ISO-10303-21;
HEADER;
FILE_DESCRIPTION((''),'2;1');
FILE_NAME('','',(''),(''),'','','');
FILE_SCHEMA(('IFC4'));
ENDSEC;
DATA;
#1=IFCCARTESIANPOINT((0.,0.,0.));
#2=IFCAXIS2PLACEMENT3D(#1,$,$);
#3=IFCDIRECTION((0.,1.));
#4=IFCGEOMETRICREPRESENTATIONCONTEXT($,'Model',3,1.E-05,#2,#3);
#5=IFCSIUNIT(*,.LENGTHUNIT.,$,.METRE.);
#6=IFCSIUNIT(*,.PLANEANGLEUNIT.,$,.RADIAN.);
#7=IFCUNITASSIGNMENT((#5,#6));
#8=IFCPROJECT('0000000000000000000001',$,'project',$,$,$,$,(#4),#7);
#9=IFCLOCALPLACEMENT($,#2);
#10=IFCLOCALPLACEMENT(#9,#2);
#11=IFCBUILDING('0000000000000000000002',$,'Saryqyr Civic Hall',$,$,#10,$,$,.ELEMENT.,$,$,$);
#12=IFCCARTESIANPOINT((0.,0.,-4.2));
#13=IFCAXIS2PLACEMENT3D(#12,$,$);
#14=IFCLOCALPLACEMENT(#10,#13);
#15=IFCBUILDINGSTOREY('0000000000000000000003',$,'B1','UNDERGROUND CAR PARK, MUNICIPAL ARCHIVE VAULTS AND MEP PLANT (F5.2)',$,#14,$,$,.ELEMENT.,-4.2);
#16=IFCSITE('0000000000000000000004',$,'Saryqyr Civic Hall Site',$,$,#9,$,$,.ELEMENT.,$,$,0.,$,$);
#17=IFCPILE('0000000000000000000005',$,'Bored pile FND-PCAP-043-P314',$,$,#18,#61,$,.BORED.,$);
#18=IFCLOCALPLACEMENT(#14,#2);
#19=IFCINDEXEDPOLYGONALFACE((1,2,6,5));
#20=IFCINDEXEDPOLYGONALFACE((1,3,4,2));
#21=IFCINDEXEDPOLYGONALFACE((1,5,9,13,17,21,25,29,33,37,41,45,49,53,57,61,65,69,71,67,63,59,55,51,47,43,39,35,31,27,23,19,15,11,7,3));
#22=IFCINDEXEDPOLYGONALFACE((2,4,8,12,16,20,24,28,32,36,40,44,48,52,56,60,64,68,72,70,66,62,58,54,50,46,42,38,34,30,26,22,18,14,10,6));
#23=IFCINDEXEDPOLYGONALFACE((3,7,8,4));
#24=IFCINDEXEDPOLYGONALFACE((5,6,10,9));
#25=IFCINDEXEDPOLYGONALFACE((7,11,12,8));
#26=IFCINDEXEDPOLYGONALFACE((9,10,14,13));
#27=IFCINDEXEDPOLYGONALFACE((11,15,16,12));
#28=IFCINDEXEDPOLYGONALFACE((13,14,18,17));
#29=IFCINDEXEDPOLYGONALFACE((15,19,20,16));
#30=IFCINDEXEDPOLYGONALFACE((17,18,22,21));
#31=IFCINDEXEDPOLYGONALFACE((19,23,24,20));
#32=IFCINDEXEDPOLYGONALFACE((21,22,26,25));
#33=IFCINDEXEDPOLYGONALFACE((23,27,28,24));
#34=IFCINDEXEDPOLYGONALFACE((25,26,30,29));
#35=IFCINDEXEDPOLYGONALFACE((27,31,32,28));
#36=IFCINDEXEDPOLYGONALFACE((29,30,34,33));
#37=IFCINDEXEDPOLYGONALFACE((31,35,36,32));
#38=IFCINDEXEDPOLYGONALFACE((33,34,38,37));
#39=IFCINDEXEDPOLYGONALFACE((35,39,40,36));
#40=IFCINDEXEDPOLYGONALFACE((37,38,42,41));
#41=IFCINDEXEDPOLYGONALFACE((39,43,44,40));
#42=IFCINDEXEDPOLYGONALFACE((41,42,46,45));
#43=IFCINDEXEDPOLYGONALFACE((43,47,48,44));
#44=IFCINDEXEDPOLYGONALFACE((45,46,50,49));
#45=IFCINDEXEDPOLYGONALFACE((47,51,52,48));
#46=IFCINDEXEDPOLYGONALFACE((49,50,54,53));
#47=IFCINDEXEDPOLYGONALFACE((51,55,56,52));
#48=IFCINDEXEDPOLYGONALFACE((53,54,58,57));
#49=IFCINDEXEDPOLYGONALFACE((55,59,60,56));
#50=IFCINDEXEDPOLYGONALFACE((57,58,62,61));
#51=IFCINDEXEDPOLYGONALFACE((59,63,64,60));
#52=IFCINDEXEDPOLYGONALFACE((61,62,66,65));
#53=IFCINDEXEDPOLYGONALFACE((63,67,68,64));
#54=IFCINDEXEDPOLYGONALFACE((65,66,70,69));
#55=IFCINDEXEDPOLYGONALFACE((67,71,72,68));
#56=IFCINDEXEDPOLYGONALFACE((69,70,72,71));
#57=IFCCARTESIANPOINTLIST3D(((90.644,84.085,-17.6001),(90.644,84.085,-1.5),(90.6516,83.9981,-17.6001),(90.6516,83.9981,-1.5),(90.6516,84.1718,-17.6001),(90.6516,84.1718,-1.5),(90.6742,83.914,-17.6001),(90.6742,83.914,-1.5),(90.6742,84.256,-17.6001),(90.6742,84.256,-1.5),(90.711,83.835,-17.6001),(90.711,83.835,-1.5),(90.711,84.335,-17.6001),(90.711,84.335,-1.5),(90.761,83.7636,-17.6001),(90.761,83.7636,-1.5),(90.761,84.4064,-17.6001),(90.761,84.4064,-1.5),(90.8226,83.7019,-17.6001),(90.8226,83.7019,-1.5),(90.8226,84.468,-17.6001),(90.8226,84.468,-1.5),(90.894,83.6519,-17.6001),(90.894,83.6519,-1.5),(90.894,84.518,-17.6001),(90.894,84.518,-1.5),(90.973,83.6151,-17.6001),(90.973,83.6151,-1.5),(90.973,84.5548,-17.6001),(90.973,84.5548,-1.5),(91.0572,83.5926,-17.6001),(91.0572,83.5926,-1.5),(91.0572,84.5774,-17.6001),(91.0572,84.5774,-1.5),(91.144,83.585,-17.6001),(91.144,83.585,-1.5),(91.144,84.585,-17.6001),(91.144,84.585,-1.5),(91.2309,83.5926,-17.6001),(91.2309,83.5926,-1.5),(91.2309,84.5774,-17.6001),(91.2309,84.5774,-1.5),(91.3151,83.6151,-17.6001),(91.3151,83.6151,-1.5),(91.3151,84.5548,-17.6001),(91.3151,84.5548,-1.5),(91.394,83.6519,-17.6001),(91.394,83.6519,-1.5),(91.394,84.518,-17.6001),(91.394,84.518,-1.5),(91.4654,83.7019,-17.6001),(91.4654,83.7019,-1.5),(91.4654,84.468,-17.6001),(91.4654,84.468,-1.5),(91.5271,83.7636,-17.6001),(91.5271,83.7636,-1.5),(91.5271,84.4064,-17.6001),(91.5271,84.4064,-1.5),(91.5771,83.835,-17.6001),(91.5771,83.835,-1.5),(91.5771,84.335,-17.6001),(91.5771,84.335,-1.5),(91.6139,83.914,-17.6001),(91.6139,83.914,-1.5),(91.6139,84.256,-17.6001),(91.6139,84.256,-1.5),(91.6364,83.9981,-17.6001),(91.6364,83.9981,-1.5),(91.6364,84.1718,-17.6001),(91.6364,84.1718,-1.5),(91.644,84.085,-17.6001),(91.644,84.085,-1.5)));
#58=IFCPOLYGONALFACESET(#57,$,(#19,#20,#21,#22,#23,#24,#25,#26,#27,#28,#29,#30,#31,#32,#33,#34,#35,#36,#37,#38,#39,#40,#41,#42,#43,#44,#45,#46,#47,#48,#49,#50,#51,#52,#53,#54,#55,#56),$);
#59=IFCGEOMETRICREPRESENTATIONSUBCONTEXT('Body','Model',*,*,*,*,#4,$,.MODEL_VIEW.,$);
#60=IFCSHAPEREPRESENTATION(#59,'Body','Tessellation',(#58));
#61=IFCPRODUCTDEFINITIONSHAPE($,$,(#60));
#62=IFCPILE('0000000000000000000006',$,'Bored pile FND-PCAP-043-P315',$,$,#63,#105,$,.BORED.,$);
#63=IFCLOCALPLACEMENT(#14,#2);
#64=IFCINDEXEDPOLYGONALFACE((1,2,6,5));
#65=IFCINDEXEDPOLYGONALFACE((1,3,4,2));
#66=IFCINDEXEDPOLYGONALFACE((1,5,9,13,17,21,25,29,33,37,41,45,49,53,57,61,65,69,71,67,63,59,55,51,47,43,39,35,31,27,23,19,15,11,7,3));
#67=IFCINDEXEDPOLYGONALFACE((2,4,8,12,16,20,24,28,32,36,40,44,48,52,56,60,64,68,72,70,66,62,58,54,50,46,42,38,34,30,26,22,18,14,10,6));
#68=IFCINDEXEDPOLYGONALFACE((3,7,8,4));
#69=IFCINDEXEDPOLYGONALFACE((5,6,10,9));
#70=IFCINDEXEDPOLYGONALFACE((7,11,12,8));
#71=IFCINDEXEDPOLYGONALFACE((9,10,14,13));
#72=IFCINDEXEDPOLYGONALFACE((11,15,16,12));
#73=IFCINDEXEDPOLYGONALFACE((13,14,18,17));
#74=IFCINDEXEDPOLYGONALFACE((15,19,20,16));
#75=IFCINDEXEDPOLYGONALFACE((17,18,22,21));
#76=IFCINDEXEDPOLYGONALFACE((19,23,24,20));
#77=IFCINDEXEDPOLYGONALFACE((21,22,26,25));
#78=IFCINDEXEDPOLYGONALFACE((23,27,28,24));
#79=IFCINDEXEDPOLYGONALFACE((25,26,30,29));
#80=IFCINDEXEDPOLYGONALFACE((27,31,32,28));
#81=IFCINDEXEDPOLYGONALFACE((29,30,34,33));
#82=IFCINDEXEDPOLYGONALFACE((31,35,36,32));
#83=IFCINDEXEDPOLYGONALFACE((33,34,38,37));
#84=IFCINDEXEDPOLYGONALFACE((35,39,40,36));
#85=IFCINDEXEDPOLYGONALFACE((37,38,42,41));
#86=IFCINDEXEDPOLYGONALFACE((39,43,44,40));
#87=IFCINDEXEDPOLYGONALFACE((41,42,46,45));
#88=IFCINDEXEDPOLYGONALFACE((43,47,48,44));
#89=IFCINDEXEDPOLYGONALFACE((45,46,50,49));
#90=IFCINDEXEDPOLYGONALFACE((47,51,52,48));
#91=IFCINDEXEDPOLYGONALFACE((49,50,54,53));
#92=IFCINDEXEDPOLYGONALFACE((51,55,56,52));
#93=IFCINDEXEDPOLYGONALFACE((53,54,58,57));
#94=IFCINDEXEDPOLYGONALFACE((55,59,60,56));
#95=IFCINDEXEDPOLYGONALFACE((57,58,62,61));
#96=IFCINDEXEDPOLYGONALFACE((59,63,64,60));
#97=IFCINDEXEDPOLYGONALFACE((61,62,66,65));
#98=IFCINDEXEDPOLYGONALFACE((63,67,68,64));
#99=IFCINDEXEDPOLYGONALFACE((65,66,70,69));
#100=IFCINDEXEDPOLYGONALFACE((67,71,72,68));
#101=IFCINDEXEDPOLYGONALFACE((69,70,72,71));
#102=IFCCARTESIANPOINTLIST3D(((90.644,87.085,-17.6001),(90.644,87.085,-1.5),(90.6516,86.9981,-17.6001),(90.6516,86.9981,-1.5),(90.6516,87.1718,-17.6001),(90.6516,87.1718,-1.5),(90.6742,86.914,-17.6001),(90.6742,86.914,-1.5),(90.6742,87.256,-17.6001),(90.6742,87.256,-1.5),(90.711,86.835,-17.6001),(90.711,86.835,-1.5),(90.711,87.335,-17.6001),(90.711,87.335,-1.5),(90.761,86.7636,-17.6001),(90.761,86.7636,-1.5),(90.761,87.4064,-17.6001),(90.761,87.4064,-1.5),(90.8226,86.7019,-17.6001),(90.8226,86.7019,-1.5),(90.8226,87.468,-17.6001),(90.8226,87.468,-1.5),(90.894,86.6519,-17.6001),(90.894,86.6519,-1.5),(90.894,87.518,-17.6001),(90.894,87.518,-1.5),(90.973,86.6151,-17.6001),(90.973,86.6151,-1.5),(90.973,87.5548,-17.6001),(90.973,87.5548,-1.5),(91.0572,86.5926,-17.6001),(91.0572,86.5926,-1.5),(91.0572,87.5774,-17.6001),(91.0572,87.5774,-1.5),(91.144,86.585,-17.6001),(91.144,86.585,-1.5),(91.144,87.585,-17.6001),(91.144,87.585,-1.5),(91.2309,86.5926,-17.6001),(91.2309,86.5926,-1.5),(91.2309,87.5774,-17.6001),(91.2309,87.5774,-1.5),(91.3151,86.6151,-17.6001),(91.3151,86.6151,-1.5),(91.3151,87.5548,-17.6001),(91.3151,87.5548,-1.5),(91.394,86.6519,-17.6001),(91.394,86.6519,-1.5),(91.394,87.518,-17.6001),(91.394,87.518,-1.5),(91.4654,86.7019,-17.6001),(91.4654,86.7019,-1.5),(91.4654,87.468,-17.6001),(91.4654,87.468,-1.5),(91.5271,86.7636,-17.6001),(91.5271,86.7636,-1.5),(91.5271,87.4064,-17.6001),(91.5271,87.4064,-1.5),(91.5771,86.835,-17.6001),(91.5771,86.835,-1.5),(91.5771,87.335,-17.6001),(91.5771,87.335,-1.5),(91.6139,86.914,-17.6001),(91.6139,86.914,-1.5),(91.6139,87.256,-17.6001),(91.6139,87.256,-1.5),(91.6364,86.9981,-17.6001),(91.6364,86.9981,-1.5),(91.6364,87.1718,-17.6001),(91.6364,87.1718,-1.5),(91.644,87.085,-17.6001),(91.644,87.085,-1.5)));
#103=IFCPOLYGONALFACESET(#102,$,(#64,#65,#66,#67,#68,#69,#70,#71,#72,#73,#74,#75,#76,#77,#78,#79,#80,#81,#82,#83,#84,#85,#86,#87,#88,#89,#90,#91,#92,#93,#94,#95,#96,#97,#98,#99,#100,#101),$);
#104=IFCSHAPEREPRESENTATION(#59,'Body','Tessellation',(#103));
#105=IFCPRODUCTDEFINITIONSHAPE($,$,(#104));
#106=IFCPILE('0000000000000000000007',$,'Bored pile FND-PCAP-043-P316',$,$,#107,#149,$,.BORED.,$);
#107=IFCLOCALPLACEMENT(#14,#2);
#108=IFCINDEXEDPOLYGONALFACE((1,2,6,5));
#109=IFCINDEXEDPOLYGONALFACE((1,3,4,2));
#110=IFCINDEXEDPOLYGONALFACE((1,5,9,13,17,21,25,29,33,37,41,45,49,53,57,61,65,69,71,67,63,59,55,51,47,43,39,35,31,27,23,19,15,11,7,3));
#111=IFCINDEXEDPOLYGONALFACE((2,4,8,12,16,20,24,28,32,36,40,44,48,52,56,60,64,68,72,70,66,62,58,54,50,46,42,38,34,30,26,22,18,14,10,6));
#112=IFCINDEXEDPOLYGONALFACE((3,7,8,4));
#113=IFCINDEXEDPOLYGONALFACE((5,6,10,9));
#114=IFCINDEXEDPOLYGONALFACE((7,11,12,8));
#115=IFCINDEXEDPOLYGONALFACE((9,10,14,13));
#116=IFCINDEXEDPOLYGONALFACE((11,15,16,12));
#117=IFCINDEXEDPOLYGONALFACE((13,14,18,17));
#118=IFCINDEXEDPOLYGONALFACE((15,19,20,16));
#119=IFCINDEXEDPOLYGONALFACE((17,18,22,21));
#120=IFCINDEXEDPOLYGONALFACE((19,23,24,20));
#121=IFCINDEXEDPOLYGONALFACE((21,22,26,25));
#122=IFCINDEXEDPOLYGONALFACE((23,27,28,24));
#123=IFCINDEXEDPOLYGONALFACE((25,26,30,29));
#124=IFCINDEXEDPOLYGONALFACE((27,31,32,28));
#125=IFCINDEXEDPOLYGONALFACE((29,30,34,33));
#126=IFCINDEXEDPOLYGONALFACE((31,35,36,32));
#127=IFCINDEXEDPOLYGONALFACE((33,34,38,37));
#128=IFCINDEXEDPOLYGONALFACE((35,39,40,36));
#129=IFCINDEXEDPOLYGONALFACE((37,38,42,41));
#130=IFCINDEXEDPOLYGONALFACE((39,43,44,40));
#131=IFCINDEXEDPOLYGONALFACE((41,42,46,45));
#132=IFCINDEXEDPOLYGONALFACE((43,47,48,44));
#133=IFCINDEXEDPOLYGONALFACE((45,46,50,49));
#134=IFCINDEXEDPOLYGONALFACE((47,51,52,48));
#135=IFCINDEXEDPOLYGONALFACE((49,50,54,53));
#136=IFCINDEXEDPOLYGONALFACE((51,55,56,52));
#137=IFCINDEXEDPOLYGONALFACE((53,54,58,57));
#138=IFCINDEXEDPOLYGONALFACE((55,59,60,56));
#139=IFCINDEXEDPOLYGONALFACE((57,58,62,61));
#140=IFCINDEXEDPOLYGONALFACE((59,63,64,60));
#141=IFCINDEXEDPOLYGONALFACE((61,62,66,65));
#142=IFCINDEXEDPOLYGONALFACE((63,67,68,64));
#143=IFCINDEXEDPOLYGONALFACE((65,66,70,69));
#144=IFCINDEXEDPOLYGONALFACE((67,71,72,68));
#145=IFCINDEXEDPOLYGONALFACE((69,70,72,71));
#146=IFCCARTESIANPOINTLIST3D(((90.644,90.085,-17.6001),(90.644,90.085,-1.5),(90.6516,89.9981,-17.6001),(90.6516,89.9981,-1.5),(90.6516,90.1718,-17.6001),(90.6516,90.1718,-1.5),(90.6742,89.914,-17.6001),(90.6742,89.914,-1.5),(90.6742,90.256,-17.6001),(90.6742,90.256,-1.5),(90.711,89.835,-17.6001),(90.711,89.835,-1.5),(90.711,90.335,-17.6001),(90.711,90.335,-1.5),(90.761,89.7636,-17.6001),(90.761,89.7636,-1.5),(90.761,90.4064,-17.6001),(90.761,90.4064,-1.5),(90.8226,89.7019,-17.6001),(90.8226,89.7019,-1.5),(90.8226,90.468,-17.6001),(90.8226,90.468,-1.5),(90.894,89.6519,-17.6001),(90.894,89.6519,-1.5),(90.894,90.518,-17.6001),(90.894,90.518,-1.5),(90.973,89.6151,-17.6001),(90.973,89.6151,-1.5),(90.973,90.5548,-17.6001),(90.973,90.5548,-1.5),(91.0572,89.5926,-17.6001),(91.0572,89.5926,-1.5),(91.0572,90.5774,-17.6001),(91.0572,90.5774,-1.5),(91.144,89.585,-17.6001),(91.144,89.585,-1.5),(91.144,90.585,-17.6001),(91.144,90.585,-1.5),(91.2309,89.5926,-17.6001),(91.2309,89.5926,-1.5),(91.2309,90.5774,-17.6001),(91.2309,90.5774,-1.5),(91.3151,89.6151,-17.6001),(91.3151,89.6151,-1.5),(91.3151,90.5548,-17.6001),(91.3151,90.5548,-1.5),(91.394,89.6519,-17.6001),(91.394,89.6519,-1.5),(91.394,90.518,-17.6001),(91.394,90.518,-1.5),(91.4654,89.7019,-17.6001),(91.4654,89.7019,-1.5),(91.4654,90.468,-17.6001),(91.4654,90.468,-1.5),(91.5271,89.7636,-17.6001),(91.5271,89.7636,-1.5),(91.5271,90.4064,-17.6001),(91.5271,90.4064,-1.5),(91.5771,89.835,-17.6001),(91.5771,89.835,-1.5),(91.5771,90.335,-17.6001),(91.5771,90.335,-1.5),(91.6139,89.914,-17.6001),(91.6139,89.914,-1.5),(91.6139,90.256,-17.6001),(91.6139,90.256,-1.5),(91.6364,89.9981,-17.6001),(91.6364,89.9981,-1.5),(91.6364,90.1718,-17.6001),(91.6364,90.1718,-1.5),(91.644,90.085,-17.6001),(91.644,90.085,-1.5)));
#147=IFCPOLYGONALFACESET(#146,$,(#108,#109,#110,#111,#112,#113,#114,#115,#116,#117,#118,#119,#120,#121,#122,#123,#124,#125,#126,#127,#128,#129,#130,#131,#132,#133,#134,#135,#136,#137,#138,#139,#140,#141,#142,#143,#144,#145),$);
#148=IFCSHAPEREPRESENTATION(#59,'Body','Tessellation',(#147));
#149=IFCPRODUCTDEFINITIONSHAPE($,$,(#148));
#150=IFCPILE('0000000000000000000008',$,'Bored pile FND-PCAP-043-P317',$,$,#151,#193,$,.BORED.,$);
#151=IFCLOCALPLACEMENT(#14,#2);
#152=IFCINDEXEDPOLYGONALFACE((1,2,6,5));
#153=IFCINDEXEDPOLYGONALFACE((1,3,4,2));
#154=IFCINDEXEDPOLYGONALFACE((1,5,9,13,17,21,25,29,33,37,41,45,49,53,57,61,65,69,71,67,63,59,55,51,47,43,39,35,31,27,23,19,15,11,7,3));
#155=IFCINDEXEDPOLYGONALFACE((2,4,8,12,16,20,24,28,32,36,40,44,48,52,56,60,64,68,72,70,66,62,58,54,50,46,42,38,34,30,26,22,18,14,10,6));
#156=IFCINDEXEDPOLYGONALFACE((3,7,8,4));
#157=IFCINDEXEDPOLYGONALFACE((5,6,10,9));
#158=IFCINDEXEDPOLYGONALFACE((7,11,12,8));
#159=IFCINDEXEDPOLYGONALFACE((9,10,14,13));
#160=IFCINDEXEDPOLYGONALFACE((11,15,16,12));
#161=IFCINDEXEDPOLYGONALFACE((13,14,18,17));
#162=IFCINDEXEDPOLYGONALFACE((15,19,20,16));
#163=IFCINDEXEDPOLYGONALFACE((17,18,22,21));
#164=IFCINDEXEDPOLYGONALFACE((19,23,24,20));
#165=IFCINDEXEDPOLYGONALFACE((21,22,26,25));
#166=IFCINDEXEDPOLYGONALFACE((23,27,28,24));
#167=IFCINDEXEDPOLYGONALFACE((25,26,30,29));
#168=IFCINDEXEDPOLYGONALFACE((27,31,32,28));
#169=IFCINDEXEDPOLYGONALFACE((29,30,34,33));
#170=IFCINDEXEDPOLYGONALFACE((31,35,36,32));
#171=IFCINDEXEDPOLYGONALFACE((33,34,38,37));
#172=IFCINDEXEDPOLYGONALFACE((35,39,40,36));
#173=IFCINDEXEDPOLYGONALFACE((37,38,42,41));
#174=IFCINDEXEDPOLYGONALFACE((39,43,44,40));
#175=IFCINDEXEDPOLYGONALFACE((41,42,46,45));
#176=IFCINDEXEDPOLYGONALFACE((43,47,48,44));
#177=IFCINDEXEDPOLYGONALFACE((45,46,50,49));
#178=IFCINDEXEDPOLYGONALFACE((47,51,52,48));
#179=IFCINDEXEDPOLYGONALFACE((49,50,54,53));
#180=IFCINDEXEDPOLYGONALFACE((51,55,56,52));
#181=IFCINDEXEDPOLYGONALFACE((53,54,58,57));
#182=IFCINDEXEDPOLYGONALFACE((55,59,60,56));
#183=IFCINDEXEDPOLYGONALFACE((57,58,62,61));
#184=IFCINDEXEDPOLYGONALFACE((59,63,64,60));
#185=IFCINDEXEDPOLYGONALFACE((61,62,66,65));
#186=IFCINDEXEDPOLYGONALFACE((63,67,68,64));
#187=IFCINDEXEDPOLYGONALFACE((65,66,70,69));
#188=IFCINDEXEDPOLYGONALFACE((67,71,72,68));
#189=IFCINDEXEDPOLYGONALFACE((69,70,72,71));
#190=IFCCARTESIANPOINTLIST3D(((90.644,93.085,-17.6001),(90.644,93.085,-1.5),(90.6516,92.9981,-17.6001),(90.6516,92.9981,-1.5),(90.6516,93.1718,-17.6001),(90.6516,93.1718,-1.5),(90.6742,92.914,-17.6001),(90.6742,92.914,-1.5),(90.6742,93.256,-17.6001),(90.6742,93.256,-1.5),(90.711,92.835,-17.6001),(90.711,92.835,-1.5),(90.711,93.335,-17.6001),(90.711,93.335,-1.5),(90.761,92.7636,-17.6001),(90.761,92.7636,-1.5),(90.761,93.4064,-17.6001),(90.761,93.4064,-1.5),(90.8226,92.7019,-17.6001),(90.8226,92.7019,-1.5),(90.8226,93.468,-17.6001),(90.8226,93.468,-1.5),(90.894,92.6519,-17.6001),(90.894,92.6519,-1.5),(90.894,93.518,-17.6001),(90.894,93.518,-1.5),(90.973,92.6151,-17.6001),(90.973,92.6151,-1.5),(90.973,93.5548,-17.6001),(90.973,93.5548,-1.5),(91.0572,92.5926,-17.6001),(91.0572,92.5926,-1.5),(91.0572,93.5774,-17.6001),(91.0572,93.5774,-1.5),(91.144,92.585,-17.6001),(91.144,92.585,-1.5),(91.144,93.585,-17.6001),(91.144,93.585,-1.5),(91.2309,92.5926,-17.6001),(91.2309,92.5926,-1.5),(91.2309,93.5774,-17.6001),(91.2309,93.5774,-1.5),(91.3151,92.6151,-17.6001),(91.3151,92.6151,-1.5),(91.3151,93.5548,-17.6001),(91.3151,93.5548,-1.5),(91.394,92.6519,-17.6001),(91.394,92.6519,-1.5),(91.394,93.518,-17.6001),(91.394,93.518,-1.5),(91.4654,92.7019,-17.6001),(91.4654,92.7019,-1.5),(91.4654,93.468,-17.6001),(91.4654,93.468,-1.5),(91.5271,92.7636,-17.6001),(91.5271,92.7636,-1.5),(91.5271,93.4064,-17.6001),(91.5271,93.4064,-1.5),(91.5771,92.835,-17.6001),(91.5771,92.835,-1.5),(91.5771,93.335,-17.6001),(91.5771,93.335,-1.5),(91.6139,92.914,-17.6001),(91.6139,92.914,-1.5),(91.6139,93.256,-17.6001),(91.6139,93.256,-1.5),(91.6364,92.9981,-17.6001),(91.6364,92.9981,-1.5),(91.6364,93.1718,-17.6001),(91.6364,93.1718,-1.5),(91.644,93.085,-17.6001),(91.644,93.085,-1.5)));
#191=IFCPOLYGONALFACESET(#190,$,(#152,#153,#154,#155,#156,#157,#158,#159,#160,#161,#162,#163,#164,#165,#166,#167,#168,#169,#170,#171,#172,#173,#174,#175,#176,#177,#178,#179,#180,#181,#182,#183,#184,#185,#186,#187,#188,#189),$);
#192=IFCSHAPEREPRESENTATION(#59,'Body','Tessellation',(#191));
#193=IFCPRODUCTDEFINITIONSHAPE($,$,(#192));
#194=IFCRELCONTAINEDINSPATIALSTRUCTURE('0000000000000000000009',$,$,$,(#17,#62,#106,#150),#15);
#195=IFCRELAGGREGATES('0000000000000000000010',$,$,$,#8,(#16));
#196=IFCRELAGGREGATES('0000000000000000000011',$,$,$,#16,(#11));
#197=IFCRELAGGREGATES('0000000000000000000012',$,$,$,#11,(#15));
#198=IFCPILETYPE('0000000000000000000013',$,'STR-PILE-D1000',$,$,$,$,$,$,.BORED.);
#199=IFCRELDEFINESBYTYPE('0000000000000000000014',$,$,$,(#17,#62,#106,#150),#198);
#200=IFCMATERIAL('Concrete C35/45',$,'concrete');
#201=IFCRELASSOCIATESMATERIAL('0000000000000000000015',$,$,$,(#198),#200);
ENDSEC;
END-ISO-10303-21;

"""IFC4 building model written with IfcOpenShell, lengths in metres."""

from ifc_helpers import new_model, si_unit, direction, frame, origin, origin_2d, place, context, subcontext, project, spatial, circle, extrude, material, material_profile, profile_set, type_object, element, save


model = new_model("IFC4")

# Units and contexts
model_context = context("Model", 3, precision=1e-05, world=origin(), true_north=direction((0.0, 1.0)))
body_context = subcontext(model_context, "Body", "Model", "MODEL_VIEW")
ifc_project = project(units=[si_unit("LENGTHUNIT", "METRE"), si_unit("PLANEANGLEUNIT", "RADIAN")], contexts=[model_context])

# Site, building, storey
site_placement = place(None, origin())
site = spatial("IfcSite", under=ifc_project, at=site_placement, Name="Saryqyr Civic Hall Site", CompositionType="ELEMENT", RefElevation=0.0)
building_placement = place(site_placement, origin())
building = spatial("IfcBuilding", under=site, at=building_placement, Name="Saryqyr Civic Hall", CompositionType="ELEMENT")
storey_placement = place(building_placement, frame((0.0, 0.0, -4.2)))
storey = spatial("IfcBuildingStorey", under=building, at=storey_placement, Name="B1", Description="UNDERGROUND CAR PARK, MUNICIPAL ARCHIVE VAULTS AND MEP PLANT (F5.2)", CompositionType="ELEMENT", Elevation=-4.2)

# Shared definitions
ifc_material_1 = material(Name="Concrete C35/45", Category="concrete")

# Piles
ifc_material_profile_1 = material_profile(ifc_material_1, circle(Radius=0.5, at=origin_2d()), Name="BORED PILE D1000")
ifc_profile_set_1 = profile_set([ifc_material_profile_1], Name="Concrete C35/45")
pile_type = type_object("IfcPileType", Name="STR-PILE-D1000", PredefinedType="BORED", material=ifc_profile_set_1)
for number, where, z_axis, x_axis, name in (
    (1, (91.144, 84.085, -1.5), (0.0, 0.0, -1.0), (1.0, 0.0, 0.0), "Bored pile FND-PCAP-043-P314"),
    (2, (91.144, 87.085, -1.5), (0.0, 0.0, -1.0), (1.0, 0.0, 0.0), "Bored pile FND-PCAP-043-P315"),
    (3, (91.144, 90.085, -1.5), (0.0, 0.0, -1.0), (1.0, 0.0, 0.0), "Bored pile FND-PCAP-043-P316"),
    (4, (91.144, 93.085, -1.5), (0.0, 0.0, -1.0), (1.0, 0.0, 0.0), "Bored pile FND-PCAP-043-P317"),
):
    element("IfcPile", number, at=place(storey_placement, frame(where, z_axis=z_axis, x_axis=x_axis)), inside=storey, type_object=pile_type, Name=name, PredefinedType="BORED", context=body_context, shape_type="SweptSolid", body=[
        extrude(circle(Radius=0.5, at=origin_2d()), origin(), (0.0, 0.0, 1.0), 16.1001),
    ])

save(model, "model.ifc")
